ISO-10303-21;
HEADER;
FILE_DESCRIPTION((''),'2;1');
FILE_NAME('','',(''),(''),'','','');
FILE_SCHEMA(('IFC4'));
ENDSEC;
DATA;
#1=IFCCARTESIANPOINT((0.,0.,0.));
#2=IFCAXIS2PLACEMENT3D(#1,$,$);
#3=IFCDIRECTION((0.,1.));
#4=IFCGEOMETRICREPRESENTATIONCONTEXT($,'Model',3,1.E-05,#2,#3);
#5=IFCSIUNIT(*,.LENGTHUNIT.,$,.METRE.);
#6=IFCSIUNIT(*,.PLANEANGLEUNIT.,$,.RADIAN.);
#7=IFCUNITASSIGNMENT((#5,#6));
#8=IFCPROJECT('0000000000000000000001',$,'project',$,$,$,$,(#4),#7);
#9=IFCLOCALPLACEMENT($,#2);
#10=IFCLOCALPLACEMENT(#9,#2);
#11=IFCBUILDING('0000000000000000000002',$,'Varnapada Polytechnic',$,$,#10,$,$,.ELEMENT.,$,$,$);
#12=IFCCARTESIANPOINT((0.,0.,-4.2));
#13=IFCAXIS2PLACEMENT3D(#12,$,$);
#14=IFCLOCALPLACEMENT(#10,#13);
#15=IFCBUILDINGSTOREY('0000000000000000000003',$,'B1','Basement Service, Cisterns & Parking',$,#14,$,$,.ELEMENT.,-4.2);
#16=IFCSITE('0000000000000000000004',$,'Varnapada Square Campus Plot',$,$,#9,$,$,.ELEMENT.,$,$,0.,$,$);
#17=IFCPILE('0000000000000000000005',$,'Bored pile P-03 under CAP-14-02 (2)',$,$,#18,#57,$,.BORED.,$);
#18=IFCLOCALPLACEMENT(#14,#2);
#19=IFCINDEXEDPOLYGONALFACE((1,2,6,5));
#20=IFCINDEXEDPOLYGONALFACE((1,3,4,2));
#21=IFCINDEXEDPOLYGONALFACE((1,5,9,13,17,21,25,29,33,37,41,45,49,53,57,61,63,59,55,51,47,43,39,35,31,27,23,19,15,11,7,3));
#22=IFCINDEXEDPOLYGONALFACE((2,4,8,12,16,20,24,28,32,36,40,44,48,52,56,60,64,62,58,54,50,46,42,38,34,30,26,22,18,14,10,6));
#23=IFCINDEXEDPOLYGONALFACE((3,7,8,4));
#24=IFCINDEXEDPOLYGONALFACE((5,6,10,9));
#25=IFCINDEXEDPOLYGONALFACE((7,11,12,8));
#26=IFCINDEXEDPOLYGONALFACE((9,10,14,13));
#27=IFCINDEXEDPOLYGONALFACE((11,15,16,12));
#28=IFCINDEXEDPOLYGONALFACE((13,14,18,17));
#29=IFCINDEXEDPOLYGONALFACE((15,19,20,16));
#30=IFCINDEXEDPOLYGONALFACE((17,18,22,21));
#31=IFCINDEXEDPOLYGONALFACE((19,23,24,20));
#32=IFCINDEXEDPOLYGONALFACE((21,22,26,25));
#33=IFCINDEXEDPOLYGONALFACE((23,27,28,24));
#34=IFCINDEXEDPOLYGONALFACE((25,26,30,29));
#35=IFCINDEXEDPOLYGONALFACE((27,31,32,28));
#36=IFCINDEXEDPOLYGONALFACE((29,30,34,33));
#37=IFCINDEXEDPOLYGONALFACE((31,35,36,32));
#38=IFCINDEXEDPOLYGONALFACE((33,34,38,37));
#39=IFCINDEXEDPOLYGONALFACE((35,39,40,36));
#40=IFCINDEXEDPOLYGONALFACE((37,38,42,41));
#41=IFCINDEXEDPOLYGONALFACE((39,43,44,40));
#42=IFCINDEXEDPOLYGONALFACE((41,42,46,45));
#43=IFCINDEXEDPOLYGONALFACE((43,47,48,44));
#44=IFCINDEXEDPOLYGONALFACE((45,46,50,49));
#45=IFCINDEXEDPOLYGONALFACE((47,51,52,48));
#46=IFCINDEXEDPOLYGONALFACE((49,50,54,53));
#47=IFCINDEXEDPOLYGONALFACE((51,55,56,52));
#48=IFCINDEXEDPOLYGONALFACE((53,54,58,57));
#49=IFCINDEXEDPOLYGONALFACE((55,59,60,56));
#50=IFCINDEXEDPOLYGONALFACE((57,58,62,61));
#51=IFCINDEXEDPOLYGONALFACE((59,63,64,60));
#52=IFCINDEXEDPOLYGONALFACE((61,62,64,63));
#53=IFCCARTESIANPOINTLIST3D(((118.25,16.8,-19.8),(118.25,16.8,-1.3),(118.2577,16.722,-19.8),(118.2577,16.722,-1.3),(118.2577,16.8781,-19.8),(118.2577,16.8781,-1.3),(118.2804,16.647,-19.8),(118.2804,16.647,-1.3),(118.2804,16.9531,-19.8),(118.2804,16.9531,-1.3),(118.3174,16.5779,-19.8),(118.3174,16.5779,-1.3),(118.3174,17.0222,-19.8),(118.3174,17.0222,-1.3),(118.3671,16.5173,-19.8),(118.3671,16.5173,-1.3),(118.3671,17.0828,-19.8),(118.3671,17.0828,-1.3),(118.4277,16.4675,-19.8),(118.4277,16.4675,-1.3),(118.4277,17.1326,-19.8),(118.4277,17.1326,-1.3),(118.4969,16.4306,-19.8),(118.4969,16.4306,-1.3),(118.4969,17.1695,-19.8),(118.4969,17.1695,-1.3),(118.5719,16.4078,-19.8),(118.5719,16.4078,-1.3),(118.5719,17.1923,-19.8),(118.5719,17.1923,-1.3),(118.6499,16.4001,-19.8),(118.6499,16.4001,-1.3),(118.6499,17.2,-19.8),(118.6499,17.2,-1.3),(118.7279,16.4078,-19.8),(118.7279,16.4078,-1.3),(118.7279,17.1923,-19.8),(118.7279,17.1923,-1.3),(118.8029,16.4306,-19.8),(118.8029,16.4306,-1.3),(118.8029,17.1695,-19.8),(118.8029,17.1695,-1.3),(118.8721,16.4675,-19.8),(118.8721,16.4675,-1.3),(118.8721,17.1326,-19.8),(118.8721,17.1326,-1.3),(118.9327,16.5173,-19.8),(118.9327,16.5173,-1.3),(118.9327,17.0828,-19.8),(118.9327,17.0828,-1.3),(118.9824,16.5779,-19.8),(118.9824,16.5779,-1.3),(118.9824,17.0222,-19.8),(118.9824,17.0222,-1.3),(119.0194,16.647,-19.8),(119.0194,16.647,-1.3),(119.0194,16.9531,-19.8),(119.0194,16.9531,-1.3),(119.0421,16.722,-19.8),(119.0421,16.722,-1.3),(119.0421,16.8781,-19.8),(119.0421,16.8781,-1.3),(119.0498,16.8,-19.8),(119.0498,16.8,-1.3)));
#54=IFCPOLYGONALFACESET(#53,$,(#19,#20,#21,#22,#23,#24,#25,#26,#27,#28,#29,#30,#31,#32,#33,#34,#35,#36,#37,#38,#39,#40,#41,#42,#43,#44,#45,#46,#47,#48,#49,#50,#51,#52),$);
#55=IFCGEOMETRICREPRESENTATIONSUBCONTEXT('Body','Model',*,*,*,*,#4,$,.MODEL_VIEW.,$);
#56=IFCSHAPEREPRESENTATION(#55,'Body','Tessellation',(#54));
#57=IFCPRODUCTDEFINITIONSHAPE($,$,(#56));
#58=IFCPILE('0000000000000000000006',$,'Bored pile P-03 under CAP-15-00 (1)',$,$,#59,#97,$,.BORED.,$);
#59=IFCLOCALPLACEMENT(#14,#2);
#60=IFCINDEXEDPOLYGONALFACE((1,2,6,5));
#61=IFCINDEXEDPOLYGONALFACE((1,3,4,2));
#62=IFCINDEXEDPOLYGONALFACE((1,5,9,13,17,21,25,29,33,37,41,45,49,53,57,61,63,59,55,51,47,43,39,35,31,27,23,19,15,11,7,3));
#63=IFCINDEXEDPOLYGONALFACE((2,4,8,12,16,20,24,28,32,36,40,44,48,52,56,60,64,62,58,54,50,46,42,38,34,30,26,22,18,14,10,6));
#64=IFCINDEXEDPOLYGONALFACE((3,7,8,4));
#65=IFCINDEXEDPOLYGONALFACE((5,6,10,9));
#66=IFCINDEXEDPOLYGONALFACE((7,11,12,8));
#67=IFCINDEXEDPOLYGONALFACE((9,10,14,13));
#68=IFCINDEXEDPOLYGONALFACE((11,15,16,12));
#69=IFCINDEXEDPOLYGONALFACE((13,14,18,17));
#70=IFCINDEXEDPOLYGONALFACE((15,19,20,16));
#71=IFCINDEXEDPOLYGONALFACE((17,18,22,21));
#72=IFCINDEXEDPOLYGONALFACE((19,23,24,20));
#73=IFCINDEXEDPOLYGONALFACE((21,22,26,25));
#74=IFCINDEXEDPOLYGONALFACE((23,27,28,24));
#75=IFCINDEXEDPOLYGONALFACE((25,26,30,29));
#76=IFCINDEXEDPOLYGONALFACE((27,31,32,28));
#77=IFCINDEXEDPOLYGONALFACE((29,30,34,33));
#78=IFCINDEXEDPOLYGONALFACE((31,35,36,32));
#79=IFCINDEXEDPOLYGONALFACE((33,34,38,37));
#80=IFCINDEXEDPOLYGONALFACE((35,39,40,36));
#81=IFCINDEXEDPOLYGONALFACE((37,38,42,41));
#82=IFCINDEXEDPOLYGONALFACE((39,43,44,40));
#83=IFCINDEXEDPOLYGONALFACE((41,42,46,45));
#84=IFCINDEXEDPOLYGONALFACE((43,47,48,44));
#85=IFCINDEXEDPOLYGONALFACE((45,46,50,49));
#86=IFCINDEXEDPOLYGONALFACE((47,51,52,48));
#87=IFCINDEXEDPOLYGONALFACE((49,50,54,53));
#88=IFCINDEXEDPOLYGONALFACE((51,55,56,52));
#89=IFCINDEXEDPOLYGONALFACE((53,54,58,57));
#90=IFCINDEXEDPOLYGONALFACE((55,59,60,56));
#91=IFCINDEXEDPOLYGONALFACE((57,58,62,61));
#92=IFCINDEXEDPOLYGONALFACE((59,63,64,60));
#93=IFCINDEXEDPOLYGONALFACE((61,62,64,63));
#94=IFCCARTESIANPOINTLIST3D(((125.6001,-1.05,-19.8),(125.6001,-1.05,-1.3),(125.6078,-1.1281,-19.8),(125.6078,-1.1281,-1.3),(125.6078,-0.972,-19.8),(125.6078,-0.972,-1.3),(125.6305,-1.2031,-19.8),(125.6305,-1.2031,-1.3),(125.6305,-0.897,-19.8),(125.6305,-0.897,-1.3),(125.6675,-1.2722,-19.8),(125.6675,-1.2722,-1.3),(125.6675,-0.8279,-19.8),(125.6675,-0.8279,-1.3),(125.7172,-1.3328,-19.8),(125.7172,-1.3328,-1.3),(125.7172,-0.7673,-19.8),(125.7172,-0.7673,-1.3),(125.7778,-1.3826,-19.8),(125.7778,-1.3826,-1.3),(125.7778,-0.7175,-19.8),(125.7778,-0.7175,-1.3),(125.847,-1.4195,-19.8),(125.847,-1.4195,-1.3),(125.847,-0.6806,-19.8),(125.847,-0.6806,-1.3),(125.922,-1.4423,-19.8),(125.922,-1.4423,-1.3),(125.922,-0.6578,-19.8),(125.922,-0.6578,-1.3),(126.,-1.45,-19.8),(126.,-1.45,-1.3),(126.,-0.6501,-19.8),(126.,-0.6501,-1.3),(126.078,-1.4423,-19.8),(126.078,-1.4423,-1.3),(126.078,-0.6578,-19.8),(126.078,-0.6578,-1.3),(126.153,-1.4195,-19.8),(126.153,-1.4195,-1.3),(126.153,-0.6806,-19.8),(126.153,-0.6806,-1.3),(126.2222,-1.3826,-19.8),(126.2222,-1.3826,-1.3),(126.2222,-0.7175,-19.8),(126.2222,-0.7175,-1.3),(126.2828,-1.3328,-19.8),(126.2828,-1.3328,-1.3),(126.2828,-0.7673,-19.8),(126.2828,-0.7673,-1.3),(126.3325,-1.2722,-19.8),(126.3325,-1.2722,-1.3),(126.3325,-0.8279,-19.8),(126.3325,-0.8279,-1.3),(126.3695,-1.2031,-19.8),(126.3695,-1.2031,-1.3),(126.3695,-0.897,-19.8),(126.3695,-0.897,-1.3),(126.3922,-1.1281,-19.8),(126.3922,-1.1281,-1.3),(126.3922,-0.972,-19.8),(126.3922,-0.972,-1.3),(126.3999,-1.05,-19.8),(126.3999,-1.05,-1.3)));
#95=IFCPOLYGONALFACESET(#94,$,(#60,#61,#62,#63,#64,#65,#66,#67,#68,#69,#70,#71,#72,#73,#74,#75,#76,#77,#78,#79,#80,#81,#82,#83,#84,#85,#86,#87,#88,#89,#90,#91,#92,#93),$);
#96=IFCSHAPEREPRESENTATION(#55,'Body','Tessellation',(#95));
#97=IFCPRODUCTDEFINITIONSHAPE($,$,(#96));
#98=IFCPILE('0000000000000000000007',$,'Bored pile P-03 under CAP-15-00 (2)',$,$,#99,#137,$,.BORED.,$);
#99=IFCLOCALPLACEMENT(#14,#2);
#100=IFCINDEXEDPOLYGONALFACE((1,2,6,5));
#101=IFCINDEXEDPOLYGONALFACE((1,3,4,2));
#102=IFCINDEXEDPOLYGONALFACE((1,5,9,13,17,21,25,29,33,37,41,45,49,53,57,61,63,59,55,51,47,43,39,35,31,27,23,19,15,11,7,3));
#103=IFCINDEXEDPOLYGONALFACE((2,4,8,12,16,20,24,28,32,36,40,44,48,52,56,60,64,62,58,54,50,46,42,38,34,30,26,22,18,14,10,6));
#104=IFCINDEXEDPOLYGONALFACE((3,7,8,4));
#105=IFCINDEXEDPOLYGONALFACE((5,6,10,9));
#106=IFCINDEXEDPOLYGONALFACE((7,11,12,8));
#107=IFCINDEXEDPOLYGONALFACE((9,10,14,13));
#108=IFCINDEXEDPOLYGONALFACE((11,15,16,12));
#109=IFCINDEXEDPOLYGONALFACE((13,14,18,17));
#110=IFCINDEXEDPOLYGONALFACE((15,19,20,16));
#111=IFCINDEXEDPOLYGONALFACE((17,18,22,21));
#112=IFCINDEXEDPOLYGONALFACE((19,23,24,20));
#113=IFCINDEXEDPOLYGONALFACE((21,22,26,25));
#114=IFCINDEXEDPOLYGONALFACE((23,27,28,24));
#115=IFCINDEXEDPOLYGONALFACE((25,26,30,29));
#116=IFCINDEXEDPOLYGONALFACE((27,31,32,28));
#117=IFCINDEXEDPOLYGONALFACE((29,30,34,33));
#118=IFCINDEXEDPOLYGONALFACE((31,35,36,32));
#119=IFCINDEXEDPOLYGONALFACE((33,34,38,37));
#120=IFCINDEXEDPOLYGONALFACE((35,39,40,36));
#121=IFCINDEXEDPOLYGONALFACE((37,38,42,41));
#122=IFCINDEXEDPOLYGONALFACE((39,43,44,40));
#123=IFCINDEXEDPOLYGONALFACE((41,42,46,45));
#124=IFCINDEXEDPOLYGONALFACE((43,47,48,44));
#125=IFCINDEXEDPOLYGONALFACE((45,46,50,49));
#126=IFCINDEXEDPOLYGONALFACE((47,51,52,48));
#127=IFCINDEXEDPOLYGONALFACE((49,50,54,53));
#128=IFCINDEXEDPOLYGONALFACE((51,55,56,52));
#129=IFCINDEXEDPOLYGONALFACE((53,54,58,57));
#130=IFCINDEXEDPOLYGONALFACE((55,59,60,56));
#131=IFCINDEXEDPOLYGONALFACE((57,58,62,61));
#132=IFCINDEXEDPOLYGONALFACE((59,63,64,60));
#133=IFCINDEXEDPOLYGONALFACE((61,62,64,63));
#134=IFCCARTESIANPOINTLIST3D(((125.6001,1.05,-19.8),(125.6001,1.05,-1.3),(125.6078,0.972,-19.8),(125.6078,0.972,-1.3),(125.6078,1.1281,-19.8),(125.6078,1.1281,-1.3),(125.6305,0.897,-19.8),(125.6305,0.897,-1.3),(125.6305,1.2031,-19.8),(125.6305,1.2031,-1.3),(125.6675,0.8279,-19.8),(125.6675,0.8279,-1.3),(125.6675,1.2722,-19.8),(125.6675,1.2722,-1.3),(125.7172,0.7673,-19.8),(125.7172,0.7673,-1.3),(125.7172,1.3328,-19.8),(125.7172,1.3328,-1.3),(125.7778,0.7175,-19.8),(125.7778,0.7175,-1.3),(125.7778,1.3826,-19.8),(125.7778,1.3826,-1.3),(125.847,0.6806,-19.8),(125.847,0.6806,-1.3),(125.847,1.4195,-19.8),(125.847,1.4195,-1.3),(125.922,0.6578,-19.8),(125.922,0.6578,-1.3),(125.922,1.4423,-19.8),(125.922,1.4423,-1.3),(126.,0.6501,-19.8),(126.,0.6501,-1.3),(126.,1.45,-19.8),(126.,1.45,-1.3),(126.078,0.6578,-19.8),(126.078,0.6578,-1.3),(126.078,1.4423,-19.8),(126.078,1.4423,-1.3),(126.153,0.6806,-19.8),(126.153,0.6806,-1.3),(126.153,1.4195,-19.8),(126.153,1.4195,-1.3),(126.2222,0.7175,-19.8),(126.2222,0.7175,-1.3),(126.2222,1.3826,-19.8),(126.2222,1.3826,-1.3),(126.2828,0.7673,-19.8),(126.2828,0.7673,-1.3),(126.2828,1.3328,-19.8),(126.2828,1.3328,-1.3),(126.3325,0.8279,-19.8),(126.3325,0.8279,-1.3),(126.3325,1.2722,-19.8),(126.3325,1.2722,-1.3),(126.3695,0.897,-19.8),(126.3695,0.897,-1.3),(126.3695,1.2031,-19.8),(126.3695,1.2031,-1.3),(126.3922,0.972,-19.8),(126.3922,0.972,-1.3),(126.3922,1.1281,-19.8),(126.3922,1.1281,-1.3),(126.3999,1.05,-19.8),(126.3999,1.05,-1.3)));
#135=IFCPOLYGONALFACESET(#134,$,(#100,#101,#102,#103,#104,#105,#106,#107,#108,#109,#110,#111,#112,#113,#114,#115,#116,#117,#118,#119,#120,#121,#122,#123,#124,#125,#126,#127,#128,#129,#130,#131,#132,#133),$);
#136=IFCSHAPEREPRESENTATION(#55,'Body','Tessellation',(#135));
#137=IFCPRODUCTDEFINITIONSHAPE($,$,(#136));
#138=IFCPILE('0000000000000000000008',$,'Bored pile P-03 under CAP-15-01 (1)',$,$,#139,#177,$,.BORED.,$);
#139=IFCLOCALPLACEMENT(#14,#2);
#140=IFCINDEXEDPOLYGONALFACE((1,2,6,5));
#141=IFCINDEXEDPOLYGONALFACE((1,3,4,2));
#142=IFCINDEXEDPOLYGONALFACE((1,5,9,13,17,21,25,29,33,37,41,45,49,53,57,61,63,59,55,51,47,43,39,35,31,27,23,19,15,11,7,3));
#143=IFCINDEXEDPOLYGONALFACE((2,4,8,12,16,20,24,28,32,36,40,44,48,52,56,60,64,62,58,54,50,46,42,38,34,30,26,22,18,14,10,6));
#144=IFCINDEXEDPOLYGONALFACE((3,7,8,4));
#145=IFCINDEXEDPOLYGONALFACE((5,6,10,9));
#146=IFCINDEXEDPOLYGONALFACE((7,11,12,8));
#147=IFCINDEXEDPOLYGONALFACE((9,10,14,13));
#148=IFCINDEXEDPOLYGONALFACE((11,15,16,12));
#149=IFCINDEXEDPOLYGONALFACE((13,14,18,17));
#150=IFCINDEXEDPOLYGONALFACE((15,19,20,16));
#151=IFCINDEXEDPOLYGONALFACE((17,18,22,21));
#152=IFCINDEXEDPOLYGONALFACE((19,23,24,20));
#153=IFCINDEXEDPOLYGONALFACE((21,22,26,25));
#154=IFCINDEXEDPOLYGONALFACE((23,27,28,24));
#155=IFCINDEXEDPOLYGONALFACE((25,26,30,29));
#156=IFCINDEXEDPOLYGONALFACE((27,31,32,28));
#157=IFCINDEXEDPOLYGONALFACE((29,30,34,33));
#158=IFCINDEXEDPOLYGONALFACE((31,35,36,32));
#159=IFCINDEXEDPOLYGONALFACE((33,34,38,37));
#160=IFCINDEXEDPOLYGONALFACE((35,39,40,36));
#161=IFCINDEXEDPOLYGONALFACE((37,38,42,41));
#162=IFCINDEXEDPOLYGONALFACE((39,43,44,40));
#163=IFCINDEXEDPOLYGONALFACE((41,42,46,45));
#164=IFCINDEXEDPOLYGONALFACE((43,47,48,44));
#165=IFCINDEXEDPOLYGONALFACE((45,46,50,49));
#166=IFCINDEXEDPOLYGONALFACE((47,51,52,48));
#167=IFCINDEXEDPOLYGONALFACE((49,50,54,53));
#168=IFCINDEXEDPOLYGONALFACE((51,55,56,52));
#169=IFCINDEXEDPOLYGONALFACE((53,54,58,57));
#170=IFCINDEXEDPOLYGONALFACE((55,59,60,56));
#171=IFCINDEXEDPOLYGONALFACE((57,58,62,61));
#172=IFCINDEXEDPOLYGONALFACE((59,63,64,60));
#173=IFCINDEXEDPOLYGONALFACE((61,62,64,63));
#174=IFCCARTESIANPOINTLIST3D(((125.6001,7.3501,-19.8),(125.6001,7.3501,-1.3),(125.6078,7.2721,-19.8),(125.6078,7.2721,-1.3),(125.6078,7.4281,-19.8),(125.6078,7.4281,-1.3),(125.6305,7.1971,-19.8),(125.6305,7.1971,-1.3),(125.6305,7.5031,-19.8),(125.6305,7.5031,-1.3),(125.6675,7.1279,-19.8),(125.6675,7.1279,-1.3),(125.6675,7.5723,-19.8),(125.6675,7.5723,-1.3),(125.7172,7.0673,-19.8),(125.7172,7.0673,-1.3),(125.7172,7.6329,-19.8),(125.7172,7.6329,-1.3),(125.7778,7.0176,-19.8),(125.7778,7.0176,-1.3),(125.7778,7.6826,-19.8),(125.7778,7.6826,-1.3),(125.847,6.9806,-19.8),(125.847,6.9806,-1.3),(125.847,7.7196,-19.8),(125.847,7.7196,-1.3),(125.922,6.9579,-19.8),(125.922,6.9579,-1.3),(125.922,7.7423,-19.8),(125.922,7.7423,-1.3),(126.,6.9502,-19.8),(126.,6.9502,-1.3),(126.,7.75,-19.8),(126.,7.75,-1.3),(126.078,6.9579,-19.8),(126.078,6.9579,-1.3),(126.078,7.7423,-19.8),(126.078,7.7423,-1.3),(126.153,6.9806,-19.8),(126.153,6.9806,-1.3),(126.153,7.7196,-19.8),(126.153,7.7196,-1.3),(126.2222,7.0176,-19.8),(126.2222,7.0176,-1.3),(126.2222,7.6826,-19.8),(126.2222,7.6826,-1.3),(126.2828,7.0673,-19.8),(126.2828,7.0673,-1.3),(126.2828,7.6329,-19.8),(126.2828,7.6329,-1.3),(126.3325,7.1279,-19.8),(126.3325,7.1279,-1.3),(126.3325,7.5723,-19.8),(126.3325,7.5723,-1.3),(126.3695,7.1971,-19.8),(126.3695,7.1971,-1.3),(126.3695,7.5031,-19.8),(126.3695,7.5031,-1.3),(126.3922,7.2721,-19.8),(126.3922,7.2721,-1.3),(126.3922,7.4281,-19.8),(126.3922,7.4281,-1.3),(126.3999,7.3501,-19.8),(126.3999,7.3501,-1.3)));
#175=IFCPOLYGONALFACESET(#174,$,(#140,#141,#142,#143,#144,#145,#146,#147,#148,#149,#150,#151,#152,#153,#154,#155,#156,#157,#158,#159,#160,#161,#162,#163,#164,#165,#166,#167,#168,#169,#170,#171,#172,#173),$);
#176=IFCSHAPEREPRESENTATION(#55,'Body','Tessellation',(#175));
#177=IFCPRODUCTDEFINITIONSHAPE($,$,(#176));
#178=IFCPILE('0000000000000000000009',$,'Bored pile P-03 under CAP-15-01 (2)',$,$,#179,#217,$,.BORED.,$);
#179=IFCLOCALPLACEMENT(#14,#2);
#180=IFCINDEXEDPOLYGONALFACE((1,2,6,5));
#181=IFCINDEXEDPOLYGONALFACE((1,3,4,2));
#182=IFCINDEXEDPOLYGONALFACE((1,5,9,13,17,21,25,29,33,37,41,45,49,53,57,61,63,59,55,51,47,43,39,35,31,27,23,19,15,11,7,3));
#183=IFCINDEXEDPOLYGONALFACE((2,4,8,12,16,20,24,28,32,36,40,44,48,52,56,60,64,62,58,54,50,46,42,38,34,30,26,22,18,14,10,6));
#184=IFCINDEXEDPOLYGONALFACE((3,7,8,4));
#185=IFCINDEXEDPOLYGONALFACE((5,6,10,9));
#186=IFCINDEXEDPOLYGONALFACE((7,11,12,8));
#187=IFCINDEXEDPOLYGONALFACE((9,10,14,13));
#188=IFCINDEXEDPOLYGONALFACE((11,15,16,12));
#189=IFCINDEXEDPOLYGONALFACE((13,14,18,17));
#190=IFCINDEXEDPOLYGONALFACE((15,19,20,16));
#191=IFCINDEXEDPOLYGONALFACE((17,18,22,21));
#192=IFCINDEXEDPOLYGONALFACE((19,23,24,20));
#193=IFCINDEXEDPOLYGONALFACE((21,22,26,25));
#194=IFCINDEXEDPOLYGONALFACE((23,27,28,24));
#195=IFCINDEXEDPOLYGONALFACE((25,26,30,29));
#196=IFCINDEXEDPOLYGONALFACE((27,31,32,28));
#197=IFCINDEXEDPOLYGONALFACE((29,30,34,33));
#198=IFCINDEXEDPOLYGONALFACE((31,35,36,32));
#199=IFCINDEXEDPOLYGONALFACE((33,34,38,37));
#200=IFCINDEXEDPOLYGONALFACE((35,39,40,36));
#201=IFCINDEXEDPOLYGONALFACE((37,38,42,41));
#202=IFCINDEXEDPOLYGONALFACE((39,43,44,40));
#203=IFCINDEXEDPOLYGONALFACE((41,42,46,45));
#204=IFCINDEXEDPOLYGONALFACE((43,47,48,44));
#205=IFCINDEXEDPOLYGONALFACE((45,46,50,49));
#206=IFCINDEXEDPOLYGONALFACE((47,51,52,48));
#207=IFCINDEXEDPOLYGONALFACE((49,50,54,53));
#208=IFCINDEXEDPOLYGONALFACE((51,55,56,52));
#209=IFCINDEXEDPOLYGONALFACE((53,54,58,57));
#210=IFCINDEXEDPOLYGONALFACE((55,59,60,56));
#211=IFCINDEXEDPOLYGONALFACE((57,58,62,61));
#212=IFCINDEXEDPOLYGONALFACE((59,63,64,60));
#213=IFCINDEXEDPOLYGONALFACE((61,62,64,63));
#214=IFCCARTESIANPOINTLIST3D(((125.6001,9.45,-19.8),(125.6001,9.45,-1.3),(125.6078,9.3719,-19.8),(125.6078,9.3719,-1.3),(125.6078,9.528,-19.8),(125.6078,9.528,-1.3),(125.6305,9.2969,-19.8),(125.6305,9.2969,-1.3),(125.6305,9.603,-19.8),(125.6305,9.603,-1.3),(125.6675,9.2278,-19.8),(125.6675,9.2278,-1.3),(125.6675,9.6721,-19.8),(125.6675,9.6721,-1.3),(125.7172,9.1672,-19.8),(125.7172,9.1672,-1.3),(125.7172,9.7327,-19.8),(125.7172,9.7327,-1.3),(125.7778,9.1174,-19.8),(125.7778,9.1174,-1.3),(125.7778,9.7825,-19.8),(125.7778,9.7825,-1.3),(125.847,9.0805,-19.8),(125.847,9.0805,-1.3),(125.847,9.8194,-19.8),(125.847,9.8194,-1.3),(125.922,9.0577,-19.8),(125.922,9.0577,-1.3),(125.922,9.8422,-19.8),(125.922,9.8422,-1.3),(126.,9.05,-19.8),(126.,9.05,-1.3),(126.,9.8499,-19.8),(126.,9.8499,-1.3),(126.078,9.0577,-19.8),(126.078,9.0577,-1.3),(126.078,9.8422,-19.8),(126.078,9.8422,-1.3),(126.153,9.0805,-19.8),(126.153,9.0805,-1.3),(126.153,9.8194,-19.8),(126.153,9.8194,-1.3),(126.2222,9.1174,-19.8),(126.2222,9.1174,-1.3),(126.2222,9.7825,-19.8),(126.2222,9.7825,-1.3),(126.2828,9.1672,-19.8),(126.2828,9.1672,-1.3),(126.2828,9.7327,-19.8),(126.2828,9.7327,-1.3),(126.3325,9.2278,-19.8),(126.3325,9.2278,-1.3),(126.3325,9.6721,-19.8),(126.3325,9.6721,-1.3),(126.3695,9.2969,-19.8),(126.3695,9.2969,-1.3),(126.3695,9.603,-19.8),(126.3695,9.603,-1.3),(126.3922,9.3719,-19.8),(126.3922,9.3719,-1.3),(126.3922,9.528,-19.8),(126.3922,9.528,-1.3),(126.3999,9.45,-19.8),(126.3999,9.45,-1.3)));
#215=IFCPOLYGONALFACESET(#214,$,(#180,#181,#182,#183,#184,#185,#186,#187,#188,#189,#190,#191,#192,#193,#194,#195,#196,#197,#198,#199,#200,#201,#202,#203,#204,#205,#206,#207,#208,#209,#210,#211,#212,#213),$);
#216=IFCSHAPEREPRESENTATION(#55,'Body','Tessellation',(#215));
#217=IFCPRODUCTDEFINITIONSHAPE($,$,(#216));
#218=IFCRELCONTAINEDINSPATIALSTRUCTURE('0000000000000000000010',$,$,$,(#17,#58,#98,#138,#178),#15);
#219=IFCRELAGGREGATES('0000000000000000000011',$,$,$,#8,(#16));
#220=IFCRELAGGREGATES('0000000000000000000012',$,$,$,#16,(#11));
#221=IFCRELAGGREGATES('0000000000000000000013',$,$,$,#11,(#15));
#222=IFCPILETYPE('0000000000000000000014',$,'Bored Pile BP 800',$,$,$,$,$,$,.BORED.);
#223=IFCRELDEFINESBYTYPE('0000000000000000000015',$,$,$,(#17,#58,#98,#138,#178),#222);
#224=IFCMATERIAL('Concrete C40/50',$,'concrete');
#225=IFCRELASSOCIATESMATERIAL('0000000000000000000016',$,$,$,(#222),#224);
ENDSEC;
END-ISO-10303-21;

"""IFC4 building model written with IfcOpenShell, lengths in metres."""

from ifc_helpers import new_model, si_unit, direction, frame, origin, origin_2d, place, context, subcontext, project, spatial, circle, extrude, material, material_profile, profile_set, type_object, element, save


model = new_model("IFC4")

# Units and contexts
model_context = context("Model", 3, precision=1e-05, world=origin(), true_north=direction((0.0, 1.0)))
body_context = subcontext(model_context, "Body", "Model", "MODEL_VIEW")
ifc_project = project(units=[si_unit("LENGTHUNIT", "METRE"), si_unit("PLANEANGLEUNIT", "RADIAN")], contexts=[model_context])

# Site, building, storey
site_placement = place(None, origin())
site = spatial("IfcSite", under=ifc_project, at=site_placement, Name="Varnapada Square Campus Plot", CompositionType="ELEMENT", RefElevation=0.0)
building_placement = place(site_placement, origin())
building = spatial("IfcBuilding", under=site, at=building_placement, Name="Varnapada Polytechnic", CompositionType="ELEMENT")
storey_placement = place(building_placement, frame((0.0, 0.0, -4.2)))
storey = spatial("IfcBuildingStorey", under=building, at=storey_placement, Name="B1", Description="Basement Service, Cisterns & Parking", CompositionType="ELEMENT", Elevation=-4.2)

# Piles
ifc_material_1 = material(Name="Concrete C40/50", Category="concrete")
ifc_material_profile_1 = material_profile(ifc_material_1, circle(Radius=0.3999, at=origin_2d()), Name="BP 800")
ifc_profile_set_1 = profile_set([ifc_material_profile_1], Name="Concrete C40/50")
pile_type = type_object("IfcPileType", Name="Bored Pile BP 800", PredefinedType="BORED", material=ifc_profile_set_1)
for number, where, z_axis, x_axis, name in (
    (1, (118.6499, 16.8, -1.3), (0.0, 0.0, -1.0), (1.0, 0.0, 0.0), "Bored pile P-03 under CAP-14-02 (2)"),
    (2, (126.0, -1.05, -1.3), (0.0, 0.0, -1.0), (1.0, 0.0, 0.0), "Bored pile P-03 under CAP-15-00 (1)"),
    (3, (126.0, 1.05, -1.3), (0.0, 0.0, -1.0), (1.0, 0.0, 0.0), "Bored pile P-03 under CAP-15-00 (2)"),
    (4, (126.0, 7.3501, -1.3), (0.0, 0.0, -1.0), (1.0, 0.0, 0.0), "Bored pile P-03 under CAP-15-01 (1)"),
    (5, (126.0, 9.45, -1.3), (0.0, 0.0, -1.0), (1.0, 0.0, 0.0), "Bored pile P-03 under CAP-15-01 (2)"),
):
    element("IfcPile", number, at=place(storey_placement, frame(where, z_axis=z_axis, x_axis=x_axis)), inside=storey, type_object=pile_type, Name=name, PredefinedType="BORED", context=body_context, shape_type="SweptSolid", body=[
        extrude(circle(Radius=0.3999, at=origin_2d()), origin(), (0.0, 0.0, 1.0), 18.5),
    ])

save(model, "model.ifc")
